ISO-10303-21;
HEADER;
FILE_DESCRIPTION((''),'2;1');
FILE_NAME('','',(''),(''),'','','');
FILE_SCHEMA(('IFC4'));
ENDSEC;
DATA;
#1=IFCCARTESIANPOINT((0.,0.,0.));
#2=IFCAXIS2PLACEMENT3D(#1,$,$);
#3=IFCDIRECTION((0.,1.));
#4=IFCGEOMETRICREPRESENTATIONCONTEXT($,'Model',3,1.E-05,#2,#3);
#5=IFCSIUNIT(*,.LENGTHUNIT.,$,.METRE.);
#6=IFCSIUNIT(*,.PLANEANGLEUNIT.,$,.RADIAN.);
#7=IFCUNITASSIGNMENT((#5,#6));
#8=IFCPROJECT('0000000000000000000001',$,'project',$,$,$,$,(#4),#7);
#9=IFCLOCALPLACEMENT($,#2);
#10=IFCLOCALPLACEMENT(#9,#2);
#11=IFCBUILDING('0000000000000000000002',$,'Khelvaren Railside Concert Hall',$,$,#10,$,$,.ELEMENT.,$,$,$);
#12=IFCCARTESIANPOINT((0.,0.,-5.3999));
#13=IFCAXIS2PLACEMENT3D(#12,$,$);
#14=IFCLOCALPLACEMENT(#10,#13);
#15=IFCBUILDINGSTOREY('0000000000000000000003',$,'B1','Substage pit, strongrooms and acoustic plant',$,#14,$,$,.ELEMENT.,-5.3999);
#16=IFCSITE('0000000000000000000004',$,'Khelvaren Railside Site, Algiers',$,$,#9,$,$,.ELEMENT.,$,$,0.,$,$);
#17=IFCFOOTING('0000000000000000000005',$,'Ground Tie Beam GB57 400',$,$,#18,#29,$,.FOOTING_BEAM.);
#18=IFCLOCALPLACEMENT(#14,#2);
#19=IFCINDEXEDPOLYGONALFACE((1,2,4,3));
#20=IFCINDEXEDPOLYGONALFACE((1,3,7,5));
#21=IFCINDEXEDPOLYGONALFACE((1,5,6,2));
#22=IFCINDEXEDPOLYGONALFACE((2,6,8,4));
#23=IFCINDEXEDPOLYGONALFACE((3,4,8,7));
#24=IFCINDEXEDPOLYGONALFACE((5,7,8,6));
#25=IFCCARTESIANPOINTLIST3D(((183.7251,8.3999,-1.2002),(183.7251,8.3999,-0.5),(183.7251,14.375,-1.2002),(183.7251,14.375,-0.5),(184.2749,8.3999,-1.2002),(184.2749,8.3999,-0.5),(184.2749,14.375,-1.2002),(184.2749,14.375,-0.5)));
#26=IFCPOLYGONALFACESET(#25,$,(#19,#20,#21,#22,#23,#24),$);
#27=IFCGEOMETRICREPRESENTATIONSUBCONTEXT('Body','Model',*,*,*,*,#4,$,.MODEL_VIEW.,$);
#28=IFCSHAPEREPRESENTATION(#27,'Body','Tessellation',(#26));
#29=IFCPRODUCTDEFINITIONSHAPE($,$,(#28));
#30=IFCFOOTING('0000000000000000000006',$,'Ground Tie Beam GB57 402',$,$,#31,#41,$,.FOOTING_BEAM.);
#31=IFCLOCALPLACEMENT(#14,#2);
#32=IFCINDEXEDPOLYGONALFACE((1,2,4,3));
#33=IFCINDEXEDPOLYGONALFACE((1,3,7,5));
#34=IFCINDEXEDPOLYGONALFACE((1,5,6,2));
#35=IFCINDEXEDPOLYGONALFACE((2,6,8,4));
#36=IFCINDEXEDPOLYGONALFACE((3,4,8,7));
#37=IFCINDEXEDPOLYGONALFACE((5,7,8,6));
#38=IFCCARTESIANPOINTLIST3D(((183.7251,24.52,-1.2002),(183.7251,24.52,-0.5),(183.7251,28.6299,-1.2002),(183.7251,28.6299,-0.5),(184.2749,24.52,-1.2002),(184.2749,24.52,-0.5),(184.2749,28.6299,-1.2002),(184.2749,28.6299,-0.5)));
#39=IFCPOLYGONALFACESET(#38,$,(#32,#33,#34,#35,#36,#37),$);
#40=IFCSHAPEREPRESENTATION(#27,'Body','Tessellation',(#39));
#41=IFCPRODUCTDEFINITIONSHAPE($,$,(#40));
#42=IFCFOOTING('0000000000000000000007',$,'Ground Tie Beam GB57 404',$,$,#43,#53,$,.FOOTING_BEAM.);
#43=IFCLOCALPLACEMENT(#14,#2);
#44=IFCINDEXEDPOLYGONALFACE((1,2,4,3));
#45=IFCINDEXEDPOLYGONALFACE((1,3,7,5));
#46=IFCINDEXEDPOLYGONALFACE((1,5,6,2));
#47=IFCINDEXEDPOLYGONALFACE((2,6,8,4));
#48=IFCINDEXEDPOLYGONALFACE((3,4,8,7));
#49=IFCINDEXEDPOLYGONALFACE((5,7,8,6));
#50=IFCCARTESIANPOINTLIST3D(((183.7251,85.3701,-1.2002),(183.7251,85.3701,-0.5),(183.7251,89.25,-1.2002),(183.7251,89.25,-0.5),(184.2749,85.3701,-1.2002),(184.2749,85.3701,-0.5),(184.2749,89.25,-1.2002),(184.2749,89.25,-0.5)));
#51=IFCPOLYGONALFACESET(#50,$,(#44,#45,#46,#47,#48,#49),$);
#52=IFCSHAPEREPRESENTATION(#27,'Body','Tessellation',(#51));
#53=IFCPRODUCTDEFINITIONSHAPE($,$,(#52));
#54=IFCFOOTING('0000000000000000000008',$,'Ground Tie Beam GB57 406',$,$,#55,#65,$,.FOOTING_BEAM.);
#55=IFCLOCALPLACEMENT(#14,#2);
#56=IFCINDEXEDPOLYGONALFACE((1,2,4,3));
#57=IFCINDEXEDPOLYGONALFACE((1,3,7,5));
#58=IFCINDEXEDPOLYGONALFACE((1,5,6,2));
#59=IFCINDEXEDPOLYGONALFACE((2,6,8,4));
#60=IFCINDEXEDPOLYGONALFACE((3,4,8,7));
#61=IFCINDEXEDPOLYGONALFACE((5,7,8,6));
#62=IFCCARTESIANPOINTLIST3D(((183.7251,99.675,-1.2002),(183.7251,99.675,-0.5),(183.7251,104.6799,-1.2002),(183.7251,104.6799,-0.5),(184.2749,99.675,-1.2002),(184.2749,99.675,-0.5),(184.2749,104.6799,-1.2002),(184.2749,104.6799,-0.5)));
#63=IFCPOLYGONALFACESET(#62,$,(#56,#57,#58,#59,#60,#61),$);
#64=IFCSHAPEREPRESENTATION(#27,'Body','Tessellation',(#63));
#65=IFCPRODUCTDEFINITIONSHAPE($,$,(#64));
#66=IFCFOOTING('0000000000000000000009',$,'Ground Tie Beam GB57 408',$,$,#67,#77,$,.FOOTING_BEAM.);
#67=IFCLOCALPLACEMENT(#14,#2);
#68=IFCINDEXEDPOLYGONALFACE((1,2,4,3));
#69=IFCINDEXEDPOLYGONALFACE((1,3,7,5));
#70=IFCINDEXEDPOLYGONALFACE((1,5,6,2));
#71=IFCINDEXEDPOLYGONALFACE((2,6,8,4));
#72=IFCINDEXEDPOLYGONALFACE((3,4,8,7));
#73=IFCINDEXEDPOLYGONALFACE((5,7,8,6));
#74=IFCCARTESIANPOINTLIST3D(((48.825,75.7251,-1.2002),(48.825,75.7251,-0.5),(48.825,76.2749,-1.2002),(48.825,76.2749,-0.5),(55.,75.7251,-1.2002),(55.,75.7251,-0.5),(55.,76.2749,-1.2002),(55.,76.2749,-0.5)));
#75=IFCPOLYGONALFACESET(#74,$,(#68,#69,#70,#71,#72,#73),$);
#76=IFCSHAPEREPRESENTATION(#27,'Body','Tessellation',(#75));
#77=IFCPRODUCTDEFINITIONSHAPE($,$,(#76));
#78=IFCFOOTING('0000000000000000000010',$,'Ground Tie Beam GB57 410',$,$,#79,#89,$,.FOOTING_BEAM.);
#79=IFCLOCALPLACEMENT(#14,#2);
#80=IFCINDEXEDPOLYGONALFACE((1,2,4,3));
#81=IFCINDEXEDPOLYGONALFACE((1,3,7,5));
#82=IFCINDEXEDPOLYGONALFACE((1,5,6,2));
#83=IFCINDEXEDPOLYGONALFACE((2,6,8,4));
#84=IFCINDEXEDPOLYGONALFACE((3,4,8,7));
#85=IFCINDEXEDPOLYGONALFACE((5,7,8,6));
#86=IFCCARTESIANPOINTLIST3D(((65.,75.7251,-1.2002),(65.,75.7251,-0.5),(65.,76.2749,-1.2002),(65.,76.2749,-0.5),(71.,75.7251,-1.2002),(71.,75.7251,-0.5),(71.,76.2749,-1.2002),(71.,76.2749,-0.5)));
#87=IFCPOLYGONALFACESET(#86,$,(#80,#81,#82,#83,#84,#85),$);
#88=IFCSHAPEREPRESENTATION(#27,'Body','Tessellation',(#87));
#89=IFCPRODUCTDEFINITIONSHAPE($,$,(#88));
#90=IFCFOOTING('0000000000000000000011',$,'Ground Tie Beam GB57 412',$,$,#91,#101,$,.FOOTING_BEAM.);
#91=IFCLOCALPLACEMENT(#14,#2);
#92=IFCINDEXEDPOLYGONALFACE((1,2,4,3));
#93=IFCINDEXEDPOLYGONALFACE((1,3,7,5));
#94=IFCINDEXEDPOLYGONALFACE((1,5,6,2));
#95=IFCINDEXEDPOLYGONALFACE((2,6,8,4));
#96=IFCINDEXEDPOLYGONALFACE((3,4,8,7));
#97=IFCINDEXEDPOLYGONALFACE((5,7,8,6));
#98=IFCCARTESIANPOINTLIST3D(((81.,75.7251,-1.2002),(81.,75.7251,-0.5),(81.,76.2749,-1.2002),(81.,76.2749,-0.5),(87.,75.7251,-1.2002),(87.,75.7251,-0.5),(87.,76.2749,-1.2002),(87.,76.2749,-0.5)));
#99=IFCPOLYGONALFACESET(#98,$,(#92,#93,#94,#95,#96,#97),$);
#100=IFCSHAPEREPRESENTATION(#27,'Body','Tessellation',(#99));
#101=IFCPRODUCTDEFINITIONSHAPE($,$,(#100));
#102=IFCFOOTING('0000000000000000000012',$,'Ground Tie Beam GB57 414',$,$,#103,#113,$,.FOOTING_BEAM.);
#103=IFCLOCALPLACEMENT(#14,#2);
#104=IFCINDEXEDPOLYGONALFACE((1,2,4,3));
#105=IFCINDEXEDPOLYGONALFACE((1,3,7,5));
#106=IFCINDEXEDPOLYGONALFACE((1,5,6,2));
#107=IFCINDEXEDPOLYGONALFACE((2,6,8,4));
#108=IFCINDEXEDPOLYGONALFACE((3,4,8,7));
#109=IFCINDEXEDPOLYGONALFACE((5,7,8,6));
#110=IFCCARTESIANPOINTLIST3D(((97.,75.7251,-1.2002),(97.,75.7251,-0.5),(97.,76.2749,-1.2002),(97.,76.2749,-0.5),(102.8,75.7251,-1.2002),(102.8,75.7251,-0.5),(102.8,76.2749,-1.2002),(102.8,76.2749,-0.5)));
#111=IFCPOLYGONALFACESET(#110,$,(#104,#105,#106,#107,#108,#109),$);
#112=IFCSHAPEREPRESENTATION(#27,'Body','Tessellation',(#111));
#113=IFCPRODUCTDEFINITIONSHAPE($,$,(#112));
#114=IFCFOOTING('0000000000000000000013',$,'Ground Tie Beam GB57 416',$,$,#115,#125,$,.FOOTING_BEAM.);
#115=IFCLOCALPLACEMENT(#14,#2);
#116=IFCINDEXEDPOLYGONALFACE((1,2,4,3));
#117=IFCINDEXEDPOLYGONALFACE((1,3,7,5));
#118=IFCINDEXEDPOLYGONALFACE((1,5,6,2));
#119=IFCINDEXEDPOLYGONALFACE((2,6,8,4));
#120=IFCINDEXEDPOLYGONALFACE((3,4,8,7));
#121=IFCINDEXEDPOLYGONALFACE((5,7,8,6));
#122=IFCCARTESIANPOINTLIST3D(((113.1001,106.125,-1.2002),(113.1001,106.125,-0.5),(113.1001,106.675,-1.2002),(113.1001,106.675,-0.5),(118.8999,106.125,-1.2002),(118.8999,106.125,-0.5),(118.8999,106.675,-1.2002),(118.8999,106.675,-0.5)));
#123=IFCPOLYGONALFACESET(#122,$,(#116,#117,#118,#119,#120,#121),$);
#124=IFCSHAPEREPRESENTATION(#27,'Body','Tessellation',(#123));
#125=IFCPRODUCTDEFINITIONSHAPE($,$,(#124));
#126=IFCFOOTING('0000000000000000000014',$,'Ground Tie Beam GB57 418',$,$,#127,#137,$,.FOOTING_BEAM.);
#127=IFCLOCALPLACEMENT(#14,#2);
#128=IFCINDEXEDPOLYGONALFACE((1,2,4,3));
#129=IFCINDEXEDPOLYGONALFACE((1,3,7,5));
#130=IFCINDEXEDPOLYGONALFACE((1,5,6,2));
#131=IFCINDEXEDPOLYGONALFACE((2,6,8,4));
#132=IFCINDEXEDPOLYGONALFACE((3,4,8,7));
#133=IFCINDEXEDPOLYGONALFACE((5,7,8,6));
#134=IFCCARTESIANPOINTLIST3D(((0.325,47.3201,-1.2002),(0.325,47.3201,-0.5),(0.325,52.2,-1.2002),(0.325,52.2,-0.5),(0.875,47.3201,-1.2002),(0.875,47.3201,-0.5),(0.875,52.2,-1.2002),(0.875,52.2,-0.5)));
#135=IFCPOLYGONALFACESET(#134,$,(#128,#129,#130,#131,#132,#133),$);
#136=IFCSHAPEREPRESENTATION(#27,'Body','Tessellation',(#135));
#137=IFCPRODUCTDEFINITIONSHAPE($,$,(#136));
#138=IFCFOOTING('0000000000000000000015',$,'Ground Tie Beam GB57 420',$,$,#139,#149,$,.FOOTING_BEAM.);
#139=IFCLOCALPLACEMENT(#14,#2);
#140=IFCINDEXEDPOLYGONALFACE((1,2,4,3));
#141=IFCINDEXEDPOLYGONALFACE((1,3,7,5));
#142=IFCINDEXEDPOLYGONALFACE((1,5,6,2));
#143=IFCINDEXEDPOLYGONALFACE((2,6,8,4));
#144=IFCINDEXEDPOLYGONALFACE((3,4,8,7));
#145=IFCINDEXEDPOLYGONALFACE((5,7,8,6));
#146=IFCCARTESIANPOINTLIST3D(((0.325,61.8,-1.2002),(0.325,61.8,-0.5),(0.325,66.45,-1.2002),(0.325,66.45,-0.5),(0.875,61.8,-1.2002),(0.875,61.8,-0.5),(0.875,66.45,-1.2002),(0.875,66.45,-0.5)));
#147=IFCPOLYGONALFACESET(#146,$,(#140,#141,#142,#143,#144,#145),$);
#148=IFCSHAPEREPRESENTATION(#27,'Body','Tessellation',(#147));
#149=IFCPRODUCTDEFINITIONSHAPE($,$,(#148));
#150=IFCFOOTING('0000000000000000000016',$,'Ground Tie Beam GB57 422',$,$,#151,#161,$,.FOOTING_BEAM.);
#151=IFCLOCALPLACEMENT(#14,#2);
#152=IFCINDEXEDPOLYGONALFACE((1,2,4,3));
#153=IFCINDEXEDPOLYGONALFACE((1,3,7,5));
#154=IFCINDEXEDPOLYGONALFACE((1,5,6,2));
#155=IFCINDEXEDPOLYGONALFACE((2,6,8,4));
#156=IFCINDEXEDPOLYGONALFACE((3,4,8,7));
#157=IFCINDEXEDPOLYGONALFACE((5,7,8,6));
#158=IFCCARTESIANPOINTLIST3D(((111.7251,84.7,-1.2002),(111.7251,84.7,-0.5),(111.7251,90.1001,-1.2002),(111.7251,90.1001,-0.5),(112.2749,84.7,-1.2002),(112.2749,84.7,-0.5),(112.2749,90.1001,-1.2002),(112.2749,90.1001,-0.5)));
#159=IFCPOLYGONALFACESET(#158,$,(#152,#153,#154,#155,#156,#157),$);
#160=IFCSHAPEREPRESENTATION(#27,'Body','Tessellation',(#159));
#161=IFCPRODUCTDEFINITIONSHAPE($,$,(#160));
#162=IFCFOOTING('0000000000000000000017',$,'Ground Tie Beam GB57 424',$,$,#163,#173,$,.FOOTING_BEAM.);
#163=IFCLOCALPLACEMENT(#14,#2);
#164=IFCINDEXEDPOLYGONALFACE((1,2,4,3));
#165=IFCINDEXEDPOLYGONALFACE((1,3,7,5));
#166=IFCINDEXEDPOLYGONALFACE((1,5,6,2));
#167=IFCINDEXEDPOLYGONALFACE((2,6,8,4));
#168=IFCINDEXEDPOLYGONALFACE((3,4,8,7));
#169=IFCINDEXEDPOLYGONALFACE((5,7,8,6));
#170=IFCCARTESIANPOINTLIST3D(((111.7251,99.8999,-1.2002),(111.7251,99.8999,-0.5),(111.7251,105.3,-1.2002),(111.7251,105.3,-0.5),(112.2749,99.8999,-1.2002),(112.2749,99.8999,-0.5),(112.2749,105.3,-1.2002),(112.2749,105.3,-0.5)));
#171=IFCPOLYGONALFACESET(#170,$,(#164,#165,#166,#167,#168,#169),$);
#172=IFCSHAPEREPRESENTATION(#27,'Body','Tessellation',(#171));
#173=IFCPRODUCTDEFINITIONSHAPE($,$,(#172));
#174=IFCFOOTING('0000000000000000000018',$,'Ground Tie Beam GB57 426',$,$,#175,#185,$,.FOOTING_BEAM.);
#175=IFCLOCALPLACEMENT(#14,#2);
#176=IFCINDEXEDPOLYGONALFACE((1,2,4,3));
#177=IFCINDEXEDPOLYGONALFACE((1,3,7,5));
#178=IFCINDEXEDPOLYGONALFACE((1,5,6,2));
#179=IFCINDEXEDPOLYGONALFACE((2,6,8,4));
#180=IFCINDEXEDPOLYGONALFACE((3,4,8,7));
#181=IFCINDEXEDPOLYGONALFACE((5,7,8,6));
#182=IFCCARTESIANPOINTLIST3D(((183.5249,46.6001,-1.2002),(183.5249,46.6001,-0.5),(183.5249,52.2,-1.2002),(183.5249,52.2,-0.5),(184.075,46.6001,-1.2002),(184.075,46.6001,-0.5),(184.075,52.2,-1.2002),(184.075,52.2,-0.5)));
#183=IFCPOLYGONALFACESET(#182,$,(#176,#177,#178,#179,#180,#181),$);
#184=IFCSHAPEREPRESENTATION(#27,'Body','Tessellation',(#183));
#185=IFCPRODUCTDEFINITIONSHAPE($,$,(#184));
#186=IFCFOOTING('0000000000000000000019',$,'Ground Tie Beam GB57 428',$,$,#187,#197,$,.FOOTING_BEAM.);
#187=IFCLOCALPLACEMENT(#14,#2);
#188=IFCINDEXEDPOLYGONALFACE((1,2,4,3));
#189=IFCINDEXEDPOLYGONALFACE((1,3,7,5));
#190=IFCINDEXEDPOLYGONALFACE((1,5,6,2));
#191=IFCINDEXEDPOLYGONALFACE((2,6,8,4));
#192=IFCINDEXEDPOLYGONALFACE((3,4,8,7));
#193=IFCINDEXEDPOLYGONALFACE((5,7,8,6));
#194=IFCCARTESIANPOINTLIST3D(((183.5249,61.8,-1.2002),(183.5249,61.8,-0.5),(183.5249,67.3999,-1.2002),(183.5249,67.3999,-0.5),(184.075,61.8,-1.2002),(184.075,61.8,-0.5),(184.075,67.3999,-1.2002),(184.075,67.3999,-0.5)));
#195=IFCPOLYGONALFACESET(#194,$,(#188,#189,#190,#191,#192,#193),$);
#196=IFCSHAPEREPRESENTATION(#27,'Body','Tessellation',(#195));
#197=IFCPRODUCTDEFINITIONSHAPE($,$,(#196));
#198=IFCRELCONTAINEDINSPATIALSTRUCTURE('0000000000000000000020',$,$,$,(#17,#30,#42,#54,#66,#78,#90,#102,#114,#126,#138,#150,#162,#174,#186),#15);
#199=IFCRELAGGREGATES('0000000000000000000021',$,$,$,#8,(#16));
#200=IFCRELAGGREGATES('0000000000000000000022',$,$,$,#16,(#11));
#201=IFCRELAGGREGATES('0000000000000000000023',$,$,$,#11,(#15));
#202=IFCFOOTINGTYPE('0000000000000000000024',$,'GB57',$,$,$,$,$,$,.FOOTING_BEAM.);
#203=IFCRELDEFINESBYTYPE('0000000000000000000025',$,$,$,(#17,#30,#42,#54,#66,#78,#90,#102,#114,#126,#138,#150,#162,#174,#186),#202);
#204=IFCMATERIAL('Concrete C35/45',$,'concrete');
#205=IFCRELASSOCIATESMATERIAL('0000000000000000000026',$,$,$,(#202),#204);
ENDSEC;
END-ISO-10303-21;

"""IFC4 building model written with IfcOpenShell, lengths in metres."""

from ifc_helpers import new_model, si_unit, direction, frame, origin, place, context, subcontext, project, spatial, polyline, outline, extrude, material, type_object, element, save


model = new_model("IFC4")

# Units and contexts
model_context = context("Model", 3, precision=1e-05, world=origin(), true_north=direction((0.0, 1.0)))
body_context = subcontext(model_context, "Body", "Model", "MODEL_VIEW")
ifc_project = project(units=[si_unit("LENGTHUNIT", "METRE"), si_unit("PLANEANGLEUNIT", "RADIAN")], contexts=[model_context])

# Site, building, storey
site_placement = place(None, origin())
site = spatial("IfcSite", under=ifc_project, at=site_placement, Name="Khelvaren Railside Site, Algiers", CompositionType="ELEMENT", RefElevation=0.0)
building_placement = place(site_placement, origin())
building = spatial("IfcBuilding", under=site, at=building_placement, Name="Khelvaren Railside Concert Hall", CompositionType="ELEMENT")
storey_placement = place(building_placement, frame((0.0, 0.0, -5.3999)))
storey = spatial("IfcBuildingStorey", under=building, at=storey_placement, Name="B1", Description="Substage pit, strongrooms and acoustic plant", CompositionType="ELEMENT", Elevation=-5.3999)

# Footings
ifc_material_1 = material(Name="Concrete C35/45", Category="concrete")
footing_type_1 = type_object("IfcFootingType", Name="GB57", PredefinedType="FOOTING_BEAM", material=ifc_material_1)
footing_1_placement = place(storey_placement, frame((0.0, 0.0, -1.2002)))
element("IfcFooting", 1, at=footing_1_placement, inside=storey, type_object=footing_type_1, Name="Ground Tie Beam GB57 400", PredefinedType="FOOTING_BEAM", context=body_context, shape_type="SweptSolid", body=[
    extrude(outline(polyline([(183.7251, 8.3999), (184.2749, 8.3999), (184.2749, 14.375), (183.7251, 14.375), (183.7251, 8.3999)])), origin(), (0.0, 0.0, 1.0), 0.7002),
])
footing_2_placement = place(storey_placement, frame((0.0, 0.0, -1.2002)))
element("IfcFooting", 2, at=footing_2_placement, inside=storey, type_object=footing_type_1, Name="Ground Tie Beam GB57 402", PredefinedType="FOOTING_BEAM", context=body_context, shape_type="SweptSolid", body=[
    extrude(outline(polyline([(183.7251, 24.52), (184.2749, 24.52), (184.2749, 28.6299), (183.7251, 28.6299), (183.7251, 24.52)])), origin(), (0.0, 0.0, 1.0), 0.7002),
])
footing_3_placement = place(storey_placement, frame((0.0, 0.0, -1.2002)))
element("IfcFooting", 3, at=footing_3_placement, inside=storey, type_object=footing_type_1, Name="Ground Tie Beam GB57 404", PredefinedType="FOOTING_BEAM", context=body_context, shape_type="SweptSolid", body=[
    extrude(outline(polyline([(183.7251, 85.3701), (184.2749, 85.3701), (184.2749, 89.25), (183.7251, 89.25), (183.7251, 85.3701)])), origin(), (0.0, 0.0, 1.0), 0.7002),
])
footing_4_placement = place(storey_placement, frame((0.0, 0.0, -1.2002)))
element("IfcFooting", 4, at=footing_4_placement, inside=storey, type_object=footing_type_1, Name="Ground Tie Beam GB57 406", PredefinedType="FOOTING_BEAM", context=body_context, shape_type="SweptSolid", body=[
    extrude(outline(polyline([(183.7251, 99.675), (184.2749, 99.675), (184.2749, 104.6799), (183.7251, 104.6799), (183.7251, 99.675)])), origin(), (0.0, 0.0, 1.0), 0.7002),
])
footing_5_placement = place(storey_placement, frame((0.0, 0.0, -1.2002)))
element("IfcFooting", 5, at=footing_5_placement, inside=storey, type_object=footing_type_1, Name="Ground Tie Beam GB57 408", PredefinedType="FOOTING_BEAM", context=body_context, shape_type="SweptSolid", body=[
    extrude(outline(polyline([(48.825, 75.7251), (55.0, 75.7251), (55.0, 76.2749), (48.825, 76.2749), (48.825, 75.7251)])), origin(), (0.0, 0.0, 1.0), 0.7002),
])
footing_6_placement = place(storey_placement, frame((0.0, 0.0, -1.2002)))
element("IfcFooting", 6, at=footing_6_placement, inside=storey, type_object=footing_type_1, Name="Ground Tie Beam GB57 410", PredefinedType="FOOTING_BEAM", context=body_context, shape_type="SweptSolid", body=[
    extrude(outline(polyline([(65.0, 75.7251), (71.0, 75.7251), (71.0, 76.2749), (65.0, 76.2749), (65.0, 75.7251)])), origin(), (0.0, 0.0, 1.0), 0.7002),
])
footing_7_placement = place(storey_placement, frame((0.0, 0.0, -1.2002)))
element("IfcFooting", 7, at=footing_7_placement, inside=storey, type_object=footing_type_1, Name="Ground Tie Beam GB57 412", PredefinedType="FOOTING_BEAM", context=body_context, shape_type="SweptSolid", body=[
    extrude(outline(polyline([(81.0, 75.7251), (87.0, 75.7251), (87.0, 76.2749), (81.0, 76.2749), (81.0, 75.7251)])), origin(), (0.0, 0.0, 1.0), 0.7002),
])
footing_8_placement = place(storey_placement, frame((0.0, 0.0, -1.2002)))
element("IfcFooting", 8, at=footing_8_placement, inside=storey, type_object=footing_type_1, Name="Ground Tie Beam GB57 414", PredefinedType="FOOTING_BEAM", context=body_context, shape_type="SweptSolid", body=[
    extrude(outline(polyline([(97.0, 75.7251), (102.8, 75.7251), (102.8, 76.2749), (97.0, 76.2749), (97.0, 75.7251)])), origin(), (0.0, 0.0, 1.0), 0.7002),
])
footing_9_placement = place(storey_placement, frame((0.0, 0.0, -1.2002)))
element("IfcFooting", 9, at=footing_9_placement, inside=storey, type_object=footing_type_1, Name="Ground Tie Beam GB57 416", PredefinedType="FOOTING_BEAM", context=body_context, shape_type="SweptSolid", body=[
    extrude(outline(polyline([(113.1001, 106.125), (118.8999, 106.125), (118.8999, 106.675), (113.1001, 106.675), (113.1001, 106.125)])), origin(), (0.0, 0.0, 1.0), 0.7002),
])
footing_10_placement = place(storey_placement, frame((0.0, 0.0, -1.2002)))
element("IfcFooting", 10, at=footing_10_placement, inside=storey, type_object=footing_type_1, Name="Ground Tie Beam GB57 418", PredefinedType="FOOTING_BEAM", context=body_context, shape_type="SweptSolid", body=[
    extrude(outline(polyline([(0.325, 47.3201), (0.875, 47.3201), (0.875, 52.2), (0.325, 52.2), (0.325, 47.3201)])), origin(), (0.0, 0.0, 1.0), 0.7002),
])
footing_11_placement = place(storey_placement, frame((0.0, 0.0, -1.2002)))
element("IfcFooting", 11, at=footing_11_placement, inside=storey, type_object=footing_type_1, Name="Ground Tie Beam GB57 420", PredefinedType="FOOTING_BEAM", context=body_context, shape_type="SweptSolid", body=[
    extrude(outline(polyline([(0.325, 61.8), (0.875, 61.8), (0.875, 66.45), (0.325, 66.45), (0.325, 61.8)])), origin(), (0.0, 0.0, 1.0), 0.7002),
])
footing_12_placement = place(storey_placement, frame((0.0, 0.0, -1.2002)))
element("IfcFooting", 12, at=footing_12_placement, inside=storey, type_object=footing_type_1, Name="Ground Tie Beam GB57 422", PredefinedType="FOOTING_BEAM", context=body_context, shape_type="SweptSolid", body=[
    extrude(outline(polyline([(111.7251, 84.7), (112.2749, 84.7), (112.2749, 90.1001), (111.7251, 90.1001), (111.7251, 84.7)])), origin(), (0.0, 0.0, 1.0), 0.7002),
])
footing_13_placement = place(storey_placement, frame((0.0, 0.0, -1.2002)))
element("IfcFooting", 13, at=footing_13_placement, inside=storey, type_object=footing_type_1, Name="Ground Tie Beam GB57 424", PredefinedType="FOOTING_BEAM", context=body_context, shape_type="SweptSolid", body=[
    extrude(outline(polyline([(111.7251, 99.8999), (112.2749, 99.8999), (112.2749, 105.3), (111.7251, 105.3), (111.7251, 99.8999)])), origin(), (0.0, 0.0, 1.0), 0.7002),
])
footing_14_placement = place(storey_placement, frame((0.0, 0.0, -1.2002)))
element("IfcFooting", 14, at=footing_14_placement, inside=storey, type_object=footing_type_1, Name="Ground Tie Beam GB57 426", PredefinedType="FOOTING_BEAM", context=body_context, shape_type="SweptSolid", body=[
    extrude(outline(polyline([(183.5249, 46.6001), (184.075, 46.6001), (184.075, 52.2), (183.5249, 52.2), (183.5249, 46.6001)])), origin(), (0.0, 0.0, 1.0), 0.7002),
])
footing_15_placement = place(storey_placement, frame((0.0, 0.0, -1.2002)))
element("IfcFooting", 15, at=footing_15_placement, inside=storey, type_object=footing_type_1, Name="Ground Tie Beam GB57 428", PredefinedType="FOOTING_BEAM", context=body_context, shape_type="SweptSolid", body=[
    extrude(outline(polyline([(183.5249, 61.8), (184.075, 61.8), (184.075, 67.3999), (183.5249, 67.3999), (183.5249, 61.8)])), origin(), (0.0, 0.0, 1.0), 0.7002),
])

save(model, "model.ifc")
